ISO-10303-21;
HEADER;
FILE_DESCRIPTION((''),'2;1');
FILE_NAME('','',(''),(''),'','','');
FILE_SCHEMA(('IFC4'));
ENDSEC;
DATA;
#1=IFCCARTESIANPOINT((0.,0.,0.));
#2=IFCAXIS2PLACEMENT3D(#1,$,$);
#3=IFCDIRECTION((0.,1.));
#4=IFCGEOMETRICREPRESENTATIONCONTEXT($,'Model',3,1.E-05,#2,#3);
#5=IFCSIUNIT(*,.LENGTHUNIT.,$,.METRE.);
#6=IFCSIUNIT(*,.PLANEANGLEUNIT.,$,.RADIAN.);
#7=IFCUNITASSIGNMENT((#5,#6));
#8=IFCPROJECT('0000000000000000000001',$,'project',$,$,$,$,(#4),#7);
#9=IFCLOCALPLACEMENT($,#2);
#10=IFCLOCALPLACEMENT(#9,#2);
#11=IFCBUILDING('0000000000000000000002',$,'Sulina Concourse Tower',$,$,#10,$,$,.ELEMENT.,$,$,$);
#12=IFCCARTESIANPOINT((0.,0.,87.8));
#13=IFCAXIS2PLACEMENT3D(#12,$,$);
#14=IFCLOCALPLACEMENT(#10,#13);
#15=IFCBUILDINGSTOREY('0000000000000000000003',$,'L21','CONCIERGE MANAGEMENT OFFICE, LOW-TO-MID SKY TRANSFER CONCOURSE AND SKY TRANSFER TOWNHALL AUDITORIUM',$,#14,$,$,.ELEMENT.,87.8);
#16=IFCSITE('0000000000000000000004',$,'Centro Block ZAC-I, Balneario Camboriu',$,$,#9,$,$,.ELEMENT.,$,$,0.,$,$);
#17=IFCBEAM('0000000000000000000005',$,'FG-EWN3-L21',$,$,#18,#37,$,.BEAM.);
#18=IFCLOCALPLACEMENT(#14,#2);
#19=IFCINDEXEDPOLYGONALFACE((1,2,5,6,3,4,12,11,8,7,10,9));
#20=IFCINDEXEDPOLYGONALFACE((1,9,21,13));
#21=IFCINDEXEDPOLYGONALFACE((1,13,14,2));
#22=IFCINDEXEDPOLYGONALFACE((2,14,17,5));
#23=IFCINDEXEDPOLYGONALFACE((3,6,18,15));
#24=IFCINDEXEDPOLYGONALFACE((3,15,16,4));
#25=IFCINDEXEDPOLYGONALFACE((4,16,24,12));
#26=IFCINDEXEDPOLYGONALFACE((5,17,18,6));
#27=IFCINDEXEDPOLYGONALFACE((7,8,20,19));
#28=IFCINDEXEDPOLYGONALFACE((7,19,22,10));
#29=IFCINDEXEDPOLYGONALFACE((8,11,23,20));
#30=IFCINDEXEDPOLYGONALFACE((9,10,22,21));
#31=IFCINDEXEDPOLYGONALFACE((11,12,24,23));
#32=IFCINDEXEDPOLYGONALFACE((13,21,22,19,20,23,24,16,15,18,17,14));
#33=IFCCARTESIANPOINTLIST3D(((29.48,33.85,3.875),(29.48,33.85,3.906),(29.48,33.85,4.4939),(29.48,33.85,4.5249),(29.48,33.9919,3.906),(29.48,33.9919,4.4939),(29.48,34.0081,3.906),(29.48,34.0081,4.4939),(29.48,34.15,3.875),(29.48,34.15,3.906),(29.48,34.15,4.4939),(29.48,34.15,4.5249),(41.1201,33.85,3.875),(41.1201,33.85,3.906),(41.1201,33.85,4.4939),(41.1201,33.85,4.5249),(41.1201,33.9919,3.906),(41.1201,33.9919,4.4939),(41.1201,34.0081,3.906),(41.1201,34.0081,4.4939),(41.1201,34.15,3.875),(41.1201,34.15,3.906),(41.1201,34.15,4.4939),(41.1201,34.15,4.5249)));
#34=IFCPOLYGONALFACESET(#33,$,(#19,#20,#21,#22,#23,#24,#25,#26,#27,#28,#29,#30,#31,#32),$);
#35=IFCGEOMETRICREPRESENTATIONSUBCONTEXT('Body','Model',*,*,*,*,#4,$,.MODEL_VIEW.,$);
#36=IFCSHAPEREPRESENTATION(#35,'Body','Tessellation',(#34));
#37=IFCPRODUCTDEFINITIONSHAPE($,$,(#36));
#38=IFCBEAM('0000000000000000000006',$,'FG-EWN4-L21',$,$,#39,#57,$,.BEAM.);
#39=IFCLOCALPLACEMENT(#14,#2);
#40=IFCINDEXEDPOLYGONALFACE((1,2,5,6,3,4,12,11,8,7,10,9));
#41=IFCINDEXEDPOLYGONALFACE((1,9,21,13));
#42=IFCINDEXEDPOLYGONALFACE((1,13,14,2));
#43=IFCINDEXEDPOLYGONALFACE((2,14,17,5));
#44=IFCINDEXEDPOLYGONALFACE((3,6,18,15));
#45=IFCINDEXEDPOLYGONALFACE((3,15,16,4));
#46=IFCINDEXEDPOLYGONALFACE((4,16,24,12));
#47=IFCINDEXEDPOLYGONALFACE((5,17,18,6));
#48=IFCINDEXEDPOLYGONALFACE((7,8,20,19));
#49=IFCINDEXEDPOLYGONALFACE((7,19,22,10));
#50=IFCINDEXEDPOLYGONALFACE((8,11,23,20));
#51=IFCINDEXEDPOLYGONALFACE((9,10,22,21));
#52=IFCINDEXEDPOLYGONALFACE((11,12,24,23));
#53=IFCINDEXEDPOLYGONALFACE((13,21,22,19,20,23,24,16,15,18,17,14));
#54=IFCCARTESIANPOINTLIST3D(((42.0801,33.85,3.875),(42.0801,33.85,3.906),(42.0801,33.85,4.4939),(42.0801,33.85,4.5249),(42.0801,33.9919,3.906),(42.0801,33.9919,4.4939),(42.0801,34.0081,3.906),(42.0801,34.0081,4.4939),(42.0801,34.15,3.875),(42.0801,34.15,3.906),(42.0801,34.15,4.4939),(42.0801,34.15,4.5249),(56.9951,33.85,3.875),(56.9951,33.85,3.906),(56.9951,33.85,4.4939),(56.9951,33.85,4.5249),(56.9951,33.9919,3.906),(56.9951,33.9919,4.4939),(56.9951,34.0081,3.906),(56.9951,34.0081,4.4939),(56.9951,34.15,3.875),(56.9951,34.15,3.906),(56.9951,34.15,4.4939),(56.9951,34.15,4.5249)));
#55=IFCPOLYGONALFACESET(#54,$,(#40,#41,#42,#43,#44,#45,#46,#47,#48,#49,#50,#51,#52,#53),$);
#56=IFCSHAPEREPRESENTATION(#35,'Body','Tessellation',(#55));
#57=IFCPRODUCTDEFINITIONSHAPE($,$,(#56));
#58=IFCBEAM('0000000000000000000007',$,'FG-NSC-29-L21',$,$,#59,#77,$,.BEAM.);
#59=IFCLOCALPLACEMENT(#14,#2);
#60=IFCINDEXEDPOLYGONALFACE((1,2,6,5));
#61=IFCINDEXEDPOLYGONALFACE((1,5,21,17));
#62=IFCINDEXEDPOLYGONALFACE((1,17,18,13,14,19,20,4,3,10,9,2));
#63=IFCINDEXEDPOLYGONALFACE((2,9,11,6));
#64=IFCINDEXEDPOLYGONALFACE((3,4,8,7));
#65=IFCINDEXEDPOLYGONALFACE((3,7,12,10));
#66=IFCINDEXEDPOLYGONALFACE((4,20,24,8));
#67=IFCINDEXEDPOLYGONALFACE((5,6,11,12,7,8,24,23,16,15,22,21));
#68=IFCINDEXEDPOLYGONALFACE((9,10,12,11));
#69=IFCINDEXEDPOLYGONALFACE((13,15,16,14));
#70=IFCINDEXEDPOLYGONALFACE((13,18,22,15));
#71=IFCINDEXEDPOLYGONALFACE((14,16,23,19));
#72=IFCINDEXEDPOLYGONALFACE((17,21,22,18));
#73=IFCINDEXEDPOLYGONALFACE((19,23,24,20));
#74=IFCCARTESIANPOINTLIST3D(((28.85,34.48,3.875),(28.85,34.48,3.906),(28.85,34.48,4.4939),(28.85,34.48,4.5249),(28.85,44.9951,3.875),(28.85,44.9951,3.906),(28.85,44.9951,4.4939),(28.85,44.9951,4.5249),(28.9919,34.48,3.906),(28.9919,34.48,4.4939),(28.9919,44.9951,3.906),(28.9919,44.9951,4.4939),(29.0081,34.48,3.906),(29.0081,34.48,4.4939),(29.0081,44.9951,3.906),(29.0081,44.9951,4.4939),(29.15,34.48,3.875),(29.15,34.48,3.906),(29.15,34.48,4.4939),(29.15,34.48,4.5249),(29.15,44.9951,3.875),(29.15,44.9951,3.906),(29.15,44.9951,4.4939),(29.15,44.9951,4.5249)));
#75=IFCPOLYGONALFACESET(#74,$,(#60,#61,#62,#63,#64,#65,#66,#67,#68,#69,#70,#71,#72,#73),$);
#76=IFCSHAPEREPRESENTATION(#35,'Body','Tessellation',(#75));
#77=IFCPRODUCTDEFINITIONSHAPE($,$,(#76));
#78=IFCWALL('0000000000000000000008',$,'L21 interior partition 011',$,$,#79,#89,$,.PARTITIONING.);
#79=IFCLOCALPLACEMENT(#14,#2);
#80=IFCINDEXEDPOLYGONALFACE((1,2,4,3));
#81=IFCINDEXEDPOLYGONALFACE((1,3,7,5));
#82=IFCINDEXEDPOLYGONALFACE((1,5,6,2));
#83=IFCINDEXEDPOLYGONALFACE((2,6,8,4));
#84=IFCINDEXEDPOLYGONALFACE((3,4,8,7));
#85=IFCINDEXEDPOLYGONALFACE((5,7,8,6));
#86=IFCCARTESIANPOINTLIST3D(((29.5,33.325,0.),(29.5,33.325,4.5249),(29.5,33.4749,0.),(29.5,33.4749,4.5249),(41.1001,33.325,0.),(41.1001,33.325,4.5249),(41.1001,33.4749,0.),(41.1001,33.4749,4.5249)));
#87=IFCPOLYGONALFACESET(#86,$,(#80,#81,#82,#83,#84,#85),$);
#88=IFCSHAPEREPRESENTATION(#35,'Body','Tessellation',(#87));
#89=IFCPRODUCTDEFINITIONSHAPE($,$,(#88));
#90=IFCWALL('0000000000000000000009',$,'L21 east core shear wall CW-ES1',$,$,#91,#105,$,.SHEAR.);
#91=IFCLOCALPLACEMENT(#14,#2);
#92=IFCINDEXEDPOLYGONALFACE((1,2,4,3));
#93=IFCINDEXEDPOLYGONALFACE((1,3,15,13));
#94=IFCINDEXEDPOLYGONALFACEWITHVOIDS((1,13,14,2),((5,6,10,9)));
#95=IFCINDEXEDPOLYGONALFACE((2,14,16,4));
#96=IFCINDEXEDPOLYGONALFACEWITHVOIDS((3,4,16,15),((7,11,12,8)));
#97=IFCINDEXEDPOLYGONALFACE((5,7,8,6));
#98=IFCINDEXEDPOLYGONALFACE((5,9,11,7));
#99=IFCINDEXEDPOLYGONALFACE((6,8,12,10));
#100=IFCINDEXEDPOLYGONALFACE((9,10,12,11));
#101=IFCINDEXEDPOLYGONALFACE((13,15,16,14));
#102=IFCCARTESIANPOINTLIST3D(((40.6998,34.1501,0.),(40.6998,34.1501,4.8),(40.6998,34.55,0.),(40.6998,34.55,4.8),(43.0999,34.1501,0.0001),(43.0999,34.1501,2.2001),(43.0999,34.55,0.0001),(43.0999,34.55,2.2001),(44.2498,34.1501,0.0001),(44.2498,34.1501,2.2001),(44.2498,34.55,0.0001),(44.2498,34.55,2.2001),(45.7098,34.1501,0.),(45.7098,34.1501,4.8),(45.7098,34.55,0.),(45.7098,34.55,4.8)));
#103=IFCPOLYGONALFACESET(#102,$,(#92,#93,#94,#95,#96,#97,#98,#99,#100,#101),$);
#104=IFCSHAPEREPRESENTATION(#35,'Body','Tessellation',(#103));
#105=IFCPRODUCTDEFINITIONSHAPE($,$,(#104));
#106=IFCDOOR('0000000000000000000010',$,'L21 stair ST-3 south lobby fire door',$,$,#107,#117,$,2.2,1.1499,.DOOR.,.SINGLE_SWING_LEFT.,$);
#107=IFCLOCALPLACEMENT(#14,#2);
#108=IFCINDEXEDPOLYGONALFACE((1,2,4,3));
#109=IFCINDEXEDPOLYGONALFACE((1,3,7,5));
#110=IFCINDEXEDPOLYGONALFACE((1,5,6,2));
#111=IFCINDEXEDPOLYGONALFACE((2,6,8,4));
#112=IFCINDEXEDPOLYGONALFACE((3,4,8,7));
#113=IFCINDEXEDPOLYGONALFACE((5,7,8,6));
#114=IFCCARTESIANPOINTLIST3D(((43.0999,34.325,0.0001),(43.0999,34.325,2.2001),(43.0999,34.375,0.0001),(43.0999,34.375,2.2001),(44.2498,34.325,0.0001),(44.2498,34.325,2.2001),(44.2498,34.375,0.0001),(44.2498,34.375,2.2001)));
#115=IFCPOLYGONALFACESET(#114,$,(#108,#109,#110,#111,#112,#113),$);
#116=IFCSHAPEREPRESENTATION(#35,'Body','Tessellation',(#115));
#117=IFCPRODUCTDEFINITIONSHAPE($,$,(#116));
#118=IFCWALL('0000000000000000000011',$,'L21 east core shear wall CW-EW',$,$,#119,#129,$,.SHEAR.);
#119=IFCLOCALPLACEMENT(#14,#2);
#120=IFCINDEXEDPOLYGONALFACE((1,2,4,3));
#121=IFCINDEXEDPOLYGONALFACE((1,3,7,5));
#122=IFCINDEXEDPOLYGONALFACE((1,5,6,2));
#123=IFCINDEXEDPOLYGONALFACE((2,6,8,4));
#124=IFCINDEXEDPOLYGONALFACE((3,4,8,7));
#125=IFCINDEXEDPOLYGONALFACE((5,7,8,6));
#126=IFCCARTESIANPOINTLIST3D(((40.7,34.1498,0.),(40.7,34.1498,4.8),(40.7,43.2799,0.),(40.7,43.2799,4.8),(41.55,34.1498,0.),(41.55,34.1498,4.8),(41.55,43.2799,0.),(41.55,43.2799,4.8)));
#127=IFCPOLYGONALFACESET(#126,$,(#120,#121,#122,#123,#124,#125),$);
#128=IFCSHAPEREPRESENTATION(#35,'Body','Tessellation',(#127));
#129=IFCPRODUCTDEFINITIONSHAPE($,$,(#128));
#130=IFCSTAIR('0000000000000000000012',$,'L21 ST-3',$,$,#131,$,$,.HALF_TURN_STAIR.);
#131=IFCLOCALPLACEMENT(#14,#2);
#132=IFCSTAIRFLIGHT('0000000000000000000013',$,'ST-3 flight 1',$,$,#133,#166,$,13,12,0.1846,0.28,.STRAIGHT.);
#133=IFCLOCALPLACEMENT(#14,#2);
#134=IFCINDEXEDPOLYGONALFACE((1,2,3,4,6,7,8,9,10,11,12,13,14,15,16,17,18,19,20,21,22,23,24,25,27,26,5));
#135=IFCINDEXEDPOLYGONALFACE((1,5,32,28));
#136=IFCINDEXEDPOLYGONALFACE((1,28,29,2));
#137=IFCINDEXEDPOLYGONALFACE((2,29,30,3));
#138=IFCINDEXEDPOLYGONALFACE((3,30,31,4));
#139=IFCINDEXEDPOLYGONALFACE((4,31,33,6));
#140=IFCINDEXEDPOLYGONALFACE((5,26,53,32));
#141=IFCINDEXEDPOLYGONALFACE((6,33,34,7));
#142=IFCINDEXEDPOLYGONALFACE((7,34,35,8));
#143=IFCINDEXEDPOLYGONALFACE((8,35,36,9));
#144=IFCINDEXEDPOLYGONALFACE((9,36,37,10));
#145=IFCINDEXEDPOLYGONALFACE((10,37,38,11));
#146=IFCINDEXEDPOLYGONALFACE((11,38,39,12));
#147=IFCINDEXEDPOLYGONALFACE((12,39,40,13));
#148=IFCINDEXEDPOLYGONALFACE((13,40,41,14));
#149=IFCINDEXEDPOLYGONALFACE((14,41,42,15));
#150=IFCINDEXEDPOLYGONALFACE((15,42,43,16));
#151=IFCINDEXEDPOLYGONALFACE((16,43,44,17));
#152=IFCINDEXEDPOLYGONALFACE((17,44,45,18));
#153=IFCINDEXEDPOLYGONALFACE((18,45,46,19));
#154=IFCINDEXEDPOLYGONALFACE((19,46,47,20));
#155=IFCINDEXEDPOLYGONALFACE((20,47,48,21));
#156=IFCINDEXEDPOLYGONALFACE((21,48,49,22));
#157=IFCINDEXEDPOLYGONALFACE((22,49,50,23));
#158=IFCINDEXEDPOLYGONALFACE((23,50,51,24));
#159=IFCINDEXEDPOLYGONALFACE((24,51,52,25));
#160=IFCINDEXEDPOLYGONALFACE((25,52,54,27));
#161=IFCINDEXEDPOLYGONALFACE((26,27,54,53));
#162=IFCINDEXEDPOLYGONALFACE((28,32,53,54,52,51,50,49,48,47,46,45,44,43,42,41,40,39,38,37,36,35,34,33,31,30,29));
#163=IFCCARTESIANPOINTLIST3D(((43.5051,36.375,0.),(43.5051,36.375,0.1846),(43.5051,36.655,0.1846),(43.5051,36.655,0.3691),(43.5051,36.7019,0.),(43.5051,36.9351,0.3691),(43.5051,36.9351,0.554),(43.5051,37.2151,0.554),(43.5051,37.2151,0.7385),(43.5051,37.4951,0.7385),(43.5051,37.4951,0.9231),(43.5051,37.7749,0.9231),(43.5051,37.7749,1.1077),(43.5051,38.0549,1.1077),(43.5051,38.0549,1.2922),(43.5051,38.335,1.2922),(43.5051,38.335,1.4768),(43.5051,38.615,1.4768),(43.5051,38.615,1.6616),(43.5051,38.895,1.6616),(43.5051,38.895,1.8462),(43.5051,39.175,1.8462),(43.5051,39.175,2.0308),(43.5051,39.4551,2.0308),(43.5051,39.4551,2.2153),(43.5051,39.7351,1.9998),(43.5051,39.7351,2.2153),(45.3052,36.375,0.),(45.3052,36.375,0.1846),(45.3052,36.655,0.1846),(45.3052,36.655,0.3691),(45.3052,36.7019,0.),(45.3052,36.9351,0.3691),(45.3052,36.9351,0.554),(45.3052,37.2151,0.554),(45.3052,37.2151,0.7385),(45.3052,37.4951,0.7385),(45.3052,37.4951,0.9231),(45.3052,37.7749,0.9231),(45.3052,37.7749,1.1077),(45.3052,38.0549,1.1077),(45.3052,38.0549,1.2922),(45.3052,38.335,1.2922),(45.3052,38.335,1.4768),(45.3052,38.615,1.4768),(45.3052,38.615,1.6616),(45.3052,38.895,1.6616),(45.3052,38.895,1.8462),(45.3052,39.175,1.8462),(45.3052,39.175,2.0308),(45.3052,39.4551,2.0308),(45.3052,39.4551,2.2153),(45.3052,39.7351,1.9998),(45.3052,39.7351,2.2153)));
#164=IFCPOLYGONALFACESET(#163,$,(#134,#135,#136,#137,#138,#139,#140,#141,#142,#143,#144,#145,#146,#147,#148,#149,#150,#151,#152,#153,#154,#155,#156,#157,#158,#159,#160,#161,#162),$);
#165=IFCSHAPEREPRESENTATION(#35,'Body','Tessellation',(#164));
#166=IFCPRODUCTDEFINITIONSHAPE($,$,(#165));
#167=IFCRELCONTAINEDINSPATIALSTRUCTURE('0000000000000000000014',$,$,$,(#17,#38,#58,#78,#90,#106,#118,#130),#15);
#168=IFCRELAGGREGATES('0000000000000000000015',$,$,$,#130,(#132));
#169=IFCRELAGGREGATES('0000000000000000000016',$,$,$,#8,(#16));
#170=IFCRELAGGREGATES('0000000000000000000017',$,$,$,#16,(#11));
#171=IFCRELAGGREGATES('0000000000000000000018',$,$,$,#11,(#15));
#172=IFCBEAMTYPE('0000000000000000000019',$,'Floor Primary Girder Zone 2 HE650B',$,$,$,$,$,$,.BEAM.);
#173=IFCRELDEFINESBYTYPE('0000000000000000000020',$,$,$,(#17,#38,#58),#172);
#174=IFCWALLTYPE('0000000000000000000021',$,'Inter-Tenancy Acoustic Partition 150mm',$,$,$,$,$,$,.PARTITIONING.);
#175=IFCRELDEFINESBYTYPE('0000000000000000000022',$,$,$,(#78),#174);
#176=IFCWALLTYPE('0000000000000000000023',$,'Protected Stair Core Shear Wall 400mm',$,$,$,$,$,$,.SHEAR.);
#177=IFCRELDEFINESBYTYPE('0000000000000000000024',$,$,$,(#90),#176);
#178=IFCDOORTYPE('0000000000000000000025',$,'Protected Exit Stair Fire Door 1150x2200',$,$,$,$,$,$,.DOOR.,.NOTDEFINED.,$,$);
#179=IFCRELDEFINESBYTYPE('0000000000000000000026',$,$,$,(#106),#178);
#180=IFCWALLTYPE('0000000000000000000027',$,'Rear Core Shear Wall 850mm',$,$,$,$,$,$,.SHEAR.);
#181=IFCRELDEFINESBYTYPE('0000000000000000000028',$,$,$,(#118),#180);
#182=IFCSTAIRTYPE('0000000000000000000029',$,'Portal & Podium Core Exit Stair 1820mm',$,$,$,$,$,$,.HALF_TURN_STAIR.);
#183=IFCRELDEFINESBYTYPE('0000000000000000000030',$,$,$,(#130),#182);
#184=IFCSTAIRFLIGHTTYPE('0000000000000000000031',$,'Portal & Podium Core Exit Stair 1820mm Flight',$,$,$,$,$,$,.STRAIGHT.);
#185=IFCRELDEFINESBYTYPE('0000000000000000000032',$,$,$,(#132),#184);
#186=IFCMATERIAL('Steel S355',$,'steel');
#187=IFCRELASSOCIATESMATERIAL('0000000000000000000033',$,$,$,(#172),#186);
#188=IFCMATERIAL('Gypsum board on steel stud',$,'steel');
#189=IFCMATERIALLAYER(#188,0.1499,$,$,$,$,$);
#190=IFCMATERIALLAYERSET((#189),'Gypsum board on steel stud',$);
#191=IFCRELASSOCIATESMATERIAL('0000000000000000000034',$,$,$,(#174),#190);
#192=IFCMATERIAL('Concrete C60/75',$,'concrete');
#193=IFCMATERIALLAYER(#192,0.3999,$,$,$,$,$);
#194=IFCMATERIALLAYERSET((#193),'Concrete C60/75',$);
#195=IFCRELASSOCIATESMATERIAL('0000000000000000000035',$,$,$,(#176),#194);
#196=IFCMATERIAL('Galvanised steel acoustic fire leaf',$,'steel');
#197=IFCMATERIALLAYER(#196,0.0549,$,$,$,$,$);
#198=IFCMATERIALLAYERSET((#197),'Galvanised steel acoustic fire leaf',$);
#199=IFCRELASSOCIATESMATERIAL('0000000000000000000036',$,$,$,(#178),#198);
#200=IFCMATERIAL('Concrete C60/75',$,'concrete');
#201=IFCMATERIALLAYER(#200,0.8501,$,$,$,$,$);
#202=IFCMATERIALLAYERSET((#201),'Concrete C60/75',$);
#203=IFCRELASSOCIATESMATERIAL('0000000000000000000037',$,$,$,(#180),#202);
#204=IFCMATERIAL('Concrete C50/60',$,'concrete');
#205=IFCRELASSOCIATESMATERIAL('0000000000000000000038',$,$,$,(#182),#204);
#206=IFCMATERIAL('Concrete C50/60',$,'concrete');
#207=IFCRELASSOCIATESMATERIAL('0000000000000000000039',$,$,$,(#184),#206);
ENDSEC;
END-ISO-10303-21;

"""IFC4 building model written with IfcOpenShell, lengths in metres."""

from ifc_helpers import new_model, si_unit, direction, frame, frame_2d, origin, origin_2d, place, context, subcontext, project, spatial, polyline, rectangle, i_section, outline, extrude, material, layer, layer_set, material_profile, profile_set, type_object, element, fill, aggregate, save


model = new_model("IFC4")

# Units and contexts
model_context = context("Model", 3, precision=1e-05, world=origin(), true_north=direction((0.0, 1.0)))
body_context = subcontext(model_context, "Body", "Model", "MODEL_VIEW")
ifc_project = project(units=[si_unit("LENGTHUNIT", "METRE"), si_unit("PLANEANGLEUNIT", "RADIAN")], contexts=[model_context])

# Site, building, storey
site_placement = place(None, origin())
site = spatial("IfcSite", under=ifc_project, at=site_placement, Name="Centro Block ZAC-I, Balneario Camboriu", CompositionType="ELEMENT", RefElevation=0.0)
building_placement = place(site_placement, origin())
building = spatial("IfcBuilding", under=site, at=building_placement, Name="Sulina Concourse Tower", CompositionType="ELEMENT")
storey_placement = place(building_placement, frame((0.0, 0.0, 87.8)))
storey = spatial("IfcBuildingStorey", under=building, at=storey_placement, Name="L21", Description="CONCIERGE MANAGEMENT OFFICE, LOW-TO-MID SKY TRANSFER CONCOURSE AND SKY TRANSFER TOWNHALL AUDITORIUM", CompositionType="ELEMENT", Elevation=87.8)

# Beams
ifc_material_1 = material(Name="Steel S355", Category="steel")
ifc_material_profile_1 = material_profile(ifc_material_1, i_section(OverallWidth=0.3, OverallDepth=0.6499, WebThickness=0.0161, FlangeThickness=0.031, at=origin_2d()), Name="HE 650 B")
ifc_profile_set_1 = profile_set([ifc_material_profile_1], Name="Steel S355")
beam_type_1 = type_object("IfcBeamType", Name="Floor Primary Girder Zone 2 HE650B", PredefinedType="BEAM", material=ifc_profile_set_1)
beam_1_placement = place(storey_placement, frame((29.48, 34.0, 4.2), z_axis=(1.0, 0.0, 0.0), x_axis=(0.0, 1.0, 0.0)))
element("IfcBeam", 1, at=beam_1_placement, inside=storey, type_object=beam_type_1, Name="FG-EWN3-L21", PredefinedType="BEAM", context=body_context, shape_type="SweptSolid", body=[
    extrude(i_section(OverallWidth=0.3, OverallDepth=0.6499, WebThickness=0.0161, FlangeThickness=0.031, at=origin_2d()), origin(), (0.0, 0.0, 1.0), 11.6401),
])
beam_2_placement = place(storey_placement, frame((42.0801, 34.0, 4.2), z_axis=(1.0, 0.0, 0.0), x_axis=(0.0, 1.0, 0.0)))
element("IfcBeam", 2, at=beam_2_placement, inside=storey, type_object=beam_type_1, Name="FG-EWN4-L21", PredefinedType="BEAM", context=body_context, shape_type="SweptSolid", body=[
    extrude(i_section(OverallWidth=0.3, OverallDepth=0.6499, WebThickness=0.0161, FlangeThickness=0.031, at=origin_2d()), origin(), (0.0, 0.0, 1.0), 14.915),
])
beam_3_placement = place(storey_placement, frame((29.0, 34.48, 4.2), z_axis=(0.0, 1.0, 0.0), x_axis=(-1.0, 0.0, 0.0)))
element("IfcBeam", 3, at=beam_3_placement, inside=storey, type_object=beam_type_1, Name="FG-NSC-29-L21", PredefinedType="BEAM", context=body_context, shape_type="SweptSolid", body=[
    extrude(i_section(OverallWidth=0.3, OverallDepth=0.6499, WebThickness=0.0161, FlangeThickness=0.031, at=origin_2d()), origin(), (0.0, 0.0, 1.0), 10.5151),
])

# Wall
ifc_material_2 = material(Name="Gypsum board on steel stud", Category="steel")
ifc_layer_1 = layer(ifc_material_2, 0.1499)
ifc_layer_set_1 = layer_set([ifc_layer_1], Name="Gypsum board on steel stud")
wall_type_1 = type_object("IfcWallType", Name="Inter-Tenancy Acoustic Partition 150mm", PredefinedType="PARTITIONING", material=ifc_layer_set_1)
wall_1_placement = place(storey_placement, frame((29.5, 33.3999, 0.0), z_axis=(0.0, 0.0, 1.0), x_axis=(1.0, 0.0, 0.0)))
element("IfcWall", 4, at=wall_1_placement, inside=storey, type_object=wall_type_1, Name="L21 interior partition 011", PredefinedType="PARTITIONING", context=body_context, shape_type="SweptSolid", body=[
    extrude(rectangle(XDim=11.6001, YDim=0.1499, at=frame_2d((5.8, 0.0))), origin(), (0.0, 0.0, 1.0), 4.5249),
])

# Wall, opening, door
ifc_material_3 = material(Name="Concrete C60/75", Category="concrete")
ifc_layer_2 = layer(ifc_material_3, 0.3999)
ifc_layer_set_2 = layer_set([ifc_layer_2], Name="Concrete C60/75")
wall_type_2 = type_object("IfcWallType", Name="Protected Stair Core Shear Wall 400mm", PredefinedType="SHEAR", material=ifc_layer_set_2)
wall_2_placement = place(storey_placement, frame((40.7, 34.3501, 0.0), z_axis=(0.0, 0.0, 1.0), x_axis=(1.0, 0.0, 0.0)))
wall_2 = element("IfcWall", 5, at=wall_2_placement, inside=storey, type_object=wall_type_2, Name="L21 east core shear wall CW-ES1", PredefinedType="SHEAR", context=body_context, shape_type="SweptSolid", body=[
    extrude(rectangle(XDim=5.01, YDim=0.3999, at=frame_2d((2.5049, 0.0))), origin(), (0.0, 0.0, 1.0), 4.8),
])
opening_placement = place(wall_2_placement, frame((2.3999, 0.0, 0.0)))
opening = element("IfcOpeningElement", 6, at=opening_placement, cuts=wall_2, PredefinedType="OPENING", context=body_context, shape_type="SweptSolid", body=[
    extrude(rectangle(XDim=1.1499, YDim=2.2, at=frame_2d((0.575, 1.1001))), frame((0.0, 0.21, 0.0), z_axis=(0.0, -1.0, 0.0), x_axis=(1.0, 0.0, 0.0)), (0.0, 0.0, 1.0), 0.4199),
])
ifc_material_4 = material(Name="Galvanised steel acoustic fire leaf", Category="steel")
ifc_layer_3 = layer(ifc_material_4, 0.0549)
ifc_layer_set_3 = layer_set([ifc_layer_3], Name="Galvanised steel acoustic fire leaf")
door_type = type_object("IfcDoorType", Name="Protected Exit Stair Fire Door 1150x2200", OperationType="NOTDEFINED", PredefinedType="DOOR", material=ifc_layer_set_3)
door_placement = place(opening_placement, origin())
door = element("IfcDoor", 7, at=door_placement, inside=storey, type_object=door_type, Name="L21 stair ST-3 south lobby fire door", OperationType="SINGLE_SWING_LEFT", OverallHeight=2.2, OverallWidth=1.1499, PredefinedType="DOOR", context=body_context, shape_type="SweptSolid", body=[
    extrude(rectangle(XDim=1.1499, YDim=2.2, at=frame_2d((0.575, 1.1001))), frame((0.0, 0.0249, 0.0), z_axis=(0.0, -1.0, 0.0), x_axis=(1.0, 0.0, 0.0)), (0.0, 0.0, 1.0), 0.05),
])
fill(opening, door)

# Wall
ifc_material_5 = material(Name="Concrete C60/75", Category="concrete")
ifc_layer_4 = layer(ifc_material_5, 0.8501)
ifc_layer_set_4 = layer_set([ifc_layer_4], Name="Concrete C60/75")
wall_type_3 = type_object("IfcWallType", Name="Rear Core Shear Wall 850mm", PredefinedType="SHEAR", material=ifc_layer_set_4)
wall_3_placement = place(storey_placement, frame((41.125, 34.1499, 0.0), z_axis=(0.0, 0.0, 1.0), x_axis=(0.0, 1.0, 0.0)))
element("IfcWall", 8, at=wall_3_placement, inside=storey, type_object=wall_type_3, Name="L21 east core shear wall CW-EW", PredefinedType="SHEAR", context=body_context, shape_type="SweptSolid", body=[
    extrude(rectangle(XDim=9.1301, YDim=0.8501, at=frame_2d((4.5649, 0.0))), origin(), (0.0, 0.0, 1.0), 4.8),
])

# Stair, stair flight
ifc_material_6 = material(Name="Concrete C50/60", Category="concrete")
stair_type = type_object("IfcStairType", Name="Portal & Podium Core Exit Stair 1820mm", PredefinedType="HALF_TURN_STAIR", material=ifc_material_6)
stair_placement = place(storey_placement, origin())
stair = element("IfcStair", 9, at=stair_placement, inside=storey, type_object=stair_type, Name="L21 ST-3", PredefinedType="HALF_TURN_STAIR")
ifc_material_7 = material(Name="Concrete C50/60", Category="concrete")
stair_flight_type = type_object("IfcStairFlightType", Name="Portal & Podium Core Exit Stair 1820mm Flight", PredefinedType="STRAIGHT", material=ifc_material_7)
stair_flight_1_placement = place(storey_placement, frame((44.405, 36.375, 0.0), z_axis=(0.0, 0.0, 1.0), x_axis=(0.0, 1.0, 0.0)))
stair_flight_1 = element("IfcStairFlight", 10, at=stair_flight_1_placement, type_object=stair_flight_type, Name="ST-3 flight 1", NumberOfRisers=13, NumberOfTreads=12, PredefinedType="STRAIGHT", RiserHeight=0.1846, TreadLength=0.28, context=body_context, shape_type="SweptSolid", body=[
    extrude(outline(polyline([(0.0, 0.0), (0.0, 0.1846), (0.28, 0.1846), (0.28, 0.3691), (0.5601, 0.3691), (0.5601, 0.554), (0.8401, 0.554), (0.8401, 0.7385), (1.1201, 0.7385), (1.1201, 0.9231), (1.3999, 0.9231), (1.3999, 1.1077), (1.6799, 1.1077), (1.6799, 1.2922), (1.96, 1.2922), (1.96, 1.4768), (2.24, 1.4768), (2.24, 1.6616), (2.52, 1.6616), (2.52, 1.8462), (2.8, 1.8462), (2.8, 2.0308), (3.0801, 2.0308), (3.0801, 2.2153), (3.3601, 2.2153), (3.3601, 2.3999), (3.3601, 1.9998), (0.3269, 0.0), (0.0, 0.0)])), frame((0.0, 0.8999, 0.0), z_axis=(0.0, -1.0, 0.0), x_axis=(1.0, 0.0, 0.0)), (0.0, 0.0, 1.0), 1.8),
])
aggregate(stair, [stair_flight_1])

save(model, "model.ifc")
